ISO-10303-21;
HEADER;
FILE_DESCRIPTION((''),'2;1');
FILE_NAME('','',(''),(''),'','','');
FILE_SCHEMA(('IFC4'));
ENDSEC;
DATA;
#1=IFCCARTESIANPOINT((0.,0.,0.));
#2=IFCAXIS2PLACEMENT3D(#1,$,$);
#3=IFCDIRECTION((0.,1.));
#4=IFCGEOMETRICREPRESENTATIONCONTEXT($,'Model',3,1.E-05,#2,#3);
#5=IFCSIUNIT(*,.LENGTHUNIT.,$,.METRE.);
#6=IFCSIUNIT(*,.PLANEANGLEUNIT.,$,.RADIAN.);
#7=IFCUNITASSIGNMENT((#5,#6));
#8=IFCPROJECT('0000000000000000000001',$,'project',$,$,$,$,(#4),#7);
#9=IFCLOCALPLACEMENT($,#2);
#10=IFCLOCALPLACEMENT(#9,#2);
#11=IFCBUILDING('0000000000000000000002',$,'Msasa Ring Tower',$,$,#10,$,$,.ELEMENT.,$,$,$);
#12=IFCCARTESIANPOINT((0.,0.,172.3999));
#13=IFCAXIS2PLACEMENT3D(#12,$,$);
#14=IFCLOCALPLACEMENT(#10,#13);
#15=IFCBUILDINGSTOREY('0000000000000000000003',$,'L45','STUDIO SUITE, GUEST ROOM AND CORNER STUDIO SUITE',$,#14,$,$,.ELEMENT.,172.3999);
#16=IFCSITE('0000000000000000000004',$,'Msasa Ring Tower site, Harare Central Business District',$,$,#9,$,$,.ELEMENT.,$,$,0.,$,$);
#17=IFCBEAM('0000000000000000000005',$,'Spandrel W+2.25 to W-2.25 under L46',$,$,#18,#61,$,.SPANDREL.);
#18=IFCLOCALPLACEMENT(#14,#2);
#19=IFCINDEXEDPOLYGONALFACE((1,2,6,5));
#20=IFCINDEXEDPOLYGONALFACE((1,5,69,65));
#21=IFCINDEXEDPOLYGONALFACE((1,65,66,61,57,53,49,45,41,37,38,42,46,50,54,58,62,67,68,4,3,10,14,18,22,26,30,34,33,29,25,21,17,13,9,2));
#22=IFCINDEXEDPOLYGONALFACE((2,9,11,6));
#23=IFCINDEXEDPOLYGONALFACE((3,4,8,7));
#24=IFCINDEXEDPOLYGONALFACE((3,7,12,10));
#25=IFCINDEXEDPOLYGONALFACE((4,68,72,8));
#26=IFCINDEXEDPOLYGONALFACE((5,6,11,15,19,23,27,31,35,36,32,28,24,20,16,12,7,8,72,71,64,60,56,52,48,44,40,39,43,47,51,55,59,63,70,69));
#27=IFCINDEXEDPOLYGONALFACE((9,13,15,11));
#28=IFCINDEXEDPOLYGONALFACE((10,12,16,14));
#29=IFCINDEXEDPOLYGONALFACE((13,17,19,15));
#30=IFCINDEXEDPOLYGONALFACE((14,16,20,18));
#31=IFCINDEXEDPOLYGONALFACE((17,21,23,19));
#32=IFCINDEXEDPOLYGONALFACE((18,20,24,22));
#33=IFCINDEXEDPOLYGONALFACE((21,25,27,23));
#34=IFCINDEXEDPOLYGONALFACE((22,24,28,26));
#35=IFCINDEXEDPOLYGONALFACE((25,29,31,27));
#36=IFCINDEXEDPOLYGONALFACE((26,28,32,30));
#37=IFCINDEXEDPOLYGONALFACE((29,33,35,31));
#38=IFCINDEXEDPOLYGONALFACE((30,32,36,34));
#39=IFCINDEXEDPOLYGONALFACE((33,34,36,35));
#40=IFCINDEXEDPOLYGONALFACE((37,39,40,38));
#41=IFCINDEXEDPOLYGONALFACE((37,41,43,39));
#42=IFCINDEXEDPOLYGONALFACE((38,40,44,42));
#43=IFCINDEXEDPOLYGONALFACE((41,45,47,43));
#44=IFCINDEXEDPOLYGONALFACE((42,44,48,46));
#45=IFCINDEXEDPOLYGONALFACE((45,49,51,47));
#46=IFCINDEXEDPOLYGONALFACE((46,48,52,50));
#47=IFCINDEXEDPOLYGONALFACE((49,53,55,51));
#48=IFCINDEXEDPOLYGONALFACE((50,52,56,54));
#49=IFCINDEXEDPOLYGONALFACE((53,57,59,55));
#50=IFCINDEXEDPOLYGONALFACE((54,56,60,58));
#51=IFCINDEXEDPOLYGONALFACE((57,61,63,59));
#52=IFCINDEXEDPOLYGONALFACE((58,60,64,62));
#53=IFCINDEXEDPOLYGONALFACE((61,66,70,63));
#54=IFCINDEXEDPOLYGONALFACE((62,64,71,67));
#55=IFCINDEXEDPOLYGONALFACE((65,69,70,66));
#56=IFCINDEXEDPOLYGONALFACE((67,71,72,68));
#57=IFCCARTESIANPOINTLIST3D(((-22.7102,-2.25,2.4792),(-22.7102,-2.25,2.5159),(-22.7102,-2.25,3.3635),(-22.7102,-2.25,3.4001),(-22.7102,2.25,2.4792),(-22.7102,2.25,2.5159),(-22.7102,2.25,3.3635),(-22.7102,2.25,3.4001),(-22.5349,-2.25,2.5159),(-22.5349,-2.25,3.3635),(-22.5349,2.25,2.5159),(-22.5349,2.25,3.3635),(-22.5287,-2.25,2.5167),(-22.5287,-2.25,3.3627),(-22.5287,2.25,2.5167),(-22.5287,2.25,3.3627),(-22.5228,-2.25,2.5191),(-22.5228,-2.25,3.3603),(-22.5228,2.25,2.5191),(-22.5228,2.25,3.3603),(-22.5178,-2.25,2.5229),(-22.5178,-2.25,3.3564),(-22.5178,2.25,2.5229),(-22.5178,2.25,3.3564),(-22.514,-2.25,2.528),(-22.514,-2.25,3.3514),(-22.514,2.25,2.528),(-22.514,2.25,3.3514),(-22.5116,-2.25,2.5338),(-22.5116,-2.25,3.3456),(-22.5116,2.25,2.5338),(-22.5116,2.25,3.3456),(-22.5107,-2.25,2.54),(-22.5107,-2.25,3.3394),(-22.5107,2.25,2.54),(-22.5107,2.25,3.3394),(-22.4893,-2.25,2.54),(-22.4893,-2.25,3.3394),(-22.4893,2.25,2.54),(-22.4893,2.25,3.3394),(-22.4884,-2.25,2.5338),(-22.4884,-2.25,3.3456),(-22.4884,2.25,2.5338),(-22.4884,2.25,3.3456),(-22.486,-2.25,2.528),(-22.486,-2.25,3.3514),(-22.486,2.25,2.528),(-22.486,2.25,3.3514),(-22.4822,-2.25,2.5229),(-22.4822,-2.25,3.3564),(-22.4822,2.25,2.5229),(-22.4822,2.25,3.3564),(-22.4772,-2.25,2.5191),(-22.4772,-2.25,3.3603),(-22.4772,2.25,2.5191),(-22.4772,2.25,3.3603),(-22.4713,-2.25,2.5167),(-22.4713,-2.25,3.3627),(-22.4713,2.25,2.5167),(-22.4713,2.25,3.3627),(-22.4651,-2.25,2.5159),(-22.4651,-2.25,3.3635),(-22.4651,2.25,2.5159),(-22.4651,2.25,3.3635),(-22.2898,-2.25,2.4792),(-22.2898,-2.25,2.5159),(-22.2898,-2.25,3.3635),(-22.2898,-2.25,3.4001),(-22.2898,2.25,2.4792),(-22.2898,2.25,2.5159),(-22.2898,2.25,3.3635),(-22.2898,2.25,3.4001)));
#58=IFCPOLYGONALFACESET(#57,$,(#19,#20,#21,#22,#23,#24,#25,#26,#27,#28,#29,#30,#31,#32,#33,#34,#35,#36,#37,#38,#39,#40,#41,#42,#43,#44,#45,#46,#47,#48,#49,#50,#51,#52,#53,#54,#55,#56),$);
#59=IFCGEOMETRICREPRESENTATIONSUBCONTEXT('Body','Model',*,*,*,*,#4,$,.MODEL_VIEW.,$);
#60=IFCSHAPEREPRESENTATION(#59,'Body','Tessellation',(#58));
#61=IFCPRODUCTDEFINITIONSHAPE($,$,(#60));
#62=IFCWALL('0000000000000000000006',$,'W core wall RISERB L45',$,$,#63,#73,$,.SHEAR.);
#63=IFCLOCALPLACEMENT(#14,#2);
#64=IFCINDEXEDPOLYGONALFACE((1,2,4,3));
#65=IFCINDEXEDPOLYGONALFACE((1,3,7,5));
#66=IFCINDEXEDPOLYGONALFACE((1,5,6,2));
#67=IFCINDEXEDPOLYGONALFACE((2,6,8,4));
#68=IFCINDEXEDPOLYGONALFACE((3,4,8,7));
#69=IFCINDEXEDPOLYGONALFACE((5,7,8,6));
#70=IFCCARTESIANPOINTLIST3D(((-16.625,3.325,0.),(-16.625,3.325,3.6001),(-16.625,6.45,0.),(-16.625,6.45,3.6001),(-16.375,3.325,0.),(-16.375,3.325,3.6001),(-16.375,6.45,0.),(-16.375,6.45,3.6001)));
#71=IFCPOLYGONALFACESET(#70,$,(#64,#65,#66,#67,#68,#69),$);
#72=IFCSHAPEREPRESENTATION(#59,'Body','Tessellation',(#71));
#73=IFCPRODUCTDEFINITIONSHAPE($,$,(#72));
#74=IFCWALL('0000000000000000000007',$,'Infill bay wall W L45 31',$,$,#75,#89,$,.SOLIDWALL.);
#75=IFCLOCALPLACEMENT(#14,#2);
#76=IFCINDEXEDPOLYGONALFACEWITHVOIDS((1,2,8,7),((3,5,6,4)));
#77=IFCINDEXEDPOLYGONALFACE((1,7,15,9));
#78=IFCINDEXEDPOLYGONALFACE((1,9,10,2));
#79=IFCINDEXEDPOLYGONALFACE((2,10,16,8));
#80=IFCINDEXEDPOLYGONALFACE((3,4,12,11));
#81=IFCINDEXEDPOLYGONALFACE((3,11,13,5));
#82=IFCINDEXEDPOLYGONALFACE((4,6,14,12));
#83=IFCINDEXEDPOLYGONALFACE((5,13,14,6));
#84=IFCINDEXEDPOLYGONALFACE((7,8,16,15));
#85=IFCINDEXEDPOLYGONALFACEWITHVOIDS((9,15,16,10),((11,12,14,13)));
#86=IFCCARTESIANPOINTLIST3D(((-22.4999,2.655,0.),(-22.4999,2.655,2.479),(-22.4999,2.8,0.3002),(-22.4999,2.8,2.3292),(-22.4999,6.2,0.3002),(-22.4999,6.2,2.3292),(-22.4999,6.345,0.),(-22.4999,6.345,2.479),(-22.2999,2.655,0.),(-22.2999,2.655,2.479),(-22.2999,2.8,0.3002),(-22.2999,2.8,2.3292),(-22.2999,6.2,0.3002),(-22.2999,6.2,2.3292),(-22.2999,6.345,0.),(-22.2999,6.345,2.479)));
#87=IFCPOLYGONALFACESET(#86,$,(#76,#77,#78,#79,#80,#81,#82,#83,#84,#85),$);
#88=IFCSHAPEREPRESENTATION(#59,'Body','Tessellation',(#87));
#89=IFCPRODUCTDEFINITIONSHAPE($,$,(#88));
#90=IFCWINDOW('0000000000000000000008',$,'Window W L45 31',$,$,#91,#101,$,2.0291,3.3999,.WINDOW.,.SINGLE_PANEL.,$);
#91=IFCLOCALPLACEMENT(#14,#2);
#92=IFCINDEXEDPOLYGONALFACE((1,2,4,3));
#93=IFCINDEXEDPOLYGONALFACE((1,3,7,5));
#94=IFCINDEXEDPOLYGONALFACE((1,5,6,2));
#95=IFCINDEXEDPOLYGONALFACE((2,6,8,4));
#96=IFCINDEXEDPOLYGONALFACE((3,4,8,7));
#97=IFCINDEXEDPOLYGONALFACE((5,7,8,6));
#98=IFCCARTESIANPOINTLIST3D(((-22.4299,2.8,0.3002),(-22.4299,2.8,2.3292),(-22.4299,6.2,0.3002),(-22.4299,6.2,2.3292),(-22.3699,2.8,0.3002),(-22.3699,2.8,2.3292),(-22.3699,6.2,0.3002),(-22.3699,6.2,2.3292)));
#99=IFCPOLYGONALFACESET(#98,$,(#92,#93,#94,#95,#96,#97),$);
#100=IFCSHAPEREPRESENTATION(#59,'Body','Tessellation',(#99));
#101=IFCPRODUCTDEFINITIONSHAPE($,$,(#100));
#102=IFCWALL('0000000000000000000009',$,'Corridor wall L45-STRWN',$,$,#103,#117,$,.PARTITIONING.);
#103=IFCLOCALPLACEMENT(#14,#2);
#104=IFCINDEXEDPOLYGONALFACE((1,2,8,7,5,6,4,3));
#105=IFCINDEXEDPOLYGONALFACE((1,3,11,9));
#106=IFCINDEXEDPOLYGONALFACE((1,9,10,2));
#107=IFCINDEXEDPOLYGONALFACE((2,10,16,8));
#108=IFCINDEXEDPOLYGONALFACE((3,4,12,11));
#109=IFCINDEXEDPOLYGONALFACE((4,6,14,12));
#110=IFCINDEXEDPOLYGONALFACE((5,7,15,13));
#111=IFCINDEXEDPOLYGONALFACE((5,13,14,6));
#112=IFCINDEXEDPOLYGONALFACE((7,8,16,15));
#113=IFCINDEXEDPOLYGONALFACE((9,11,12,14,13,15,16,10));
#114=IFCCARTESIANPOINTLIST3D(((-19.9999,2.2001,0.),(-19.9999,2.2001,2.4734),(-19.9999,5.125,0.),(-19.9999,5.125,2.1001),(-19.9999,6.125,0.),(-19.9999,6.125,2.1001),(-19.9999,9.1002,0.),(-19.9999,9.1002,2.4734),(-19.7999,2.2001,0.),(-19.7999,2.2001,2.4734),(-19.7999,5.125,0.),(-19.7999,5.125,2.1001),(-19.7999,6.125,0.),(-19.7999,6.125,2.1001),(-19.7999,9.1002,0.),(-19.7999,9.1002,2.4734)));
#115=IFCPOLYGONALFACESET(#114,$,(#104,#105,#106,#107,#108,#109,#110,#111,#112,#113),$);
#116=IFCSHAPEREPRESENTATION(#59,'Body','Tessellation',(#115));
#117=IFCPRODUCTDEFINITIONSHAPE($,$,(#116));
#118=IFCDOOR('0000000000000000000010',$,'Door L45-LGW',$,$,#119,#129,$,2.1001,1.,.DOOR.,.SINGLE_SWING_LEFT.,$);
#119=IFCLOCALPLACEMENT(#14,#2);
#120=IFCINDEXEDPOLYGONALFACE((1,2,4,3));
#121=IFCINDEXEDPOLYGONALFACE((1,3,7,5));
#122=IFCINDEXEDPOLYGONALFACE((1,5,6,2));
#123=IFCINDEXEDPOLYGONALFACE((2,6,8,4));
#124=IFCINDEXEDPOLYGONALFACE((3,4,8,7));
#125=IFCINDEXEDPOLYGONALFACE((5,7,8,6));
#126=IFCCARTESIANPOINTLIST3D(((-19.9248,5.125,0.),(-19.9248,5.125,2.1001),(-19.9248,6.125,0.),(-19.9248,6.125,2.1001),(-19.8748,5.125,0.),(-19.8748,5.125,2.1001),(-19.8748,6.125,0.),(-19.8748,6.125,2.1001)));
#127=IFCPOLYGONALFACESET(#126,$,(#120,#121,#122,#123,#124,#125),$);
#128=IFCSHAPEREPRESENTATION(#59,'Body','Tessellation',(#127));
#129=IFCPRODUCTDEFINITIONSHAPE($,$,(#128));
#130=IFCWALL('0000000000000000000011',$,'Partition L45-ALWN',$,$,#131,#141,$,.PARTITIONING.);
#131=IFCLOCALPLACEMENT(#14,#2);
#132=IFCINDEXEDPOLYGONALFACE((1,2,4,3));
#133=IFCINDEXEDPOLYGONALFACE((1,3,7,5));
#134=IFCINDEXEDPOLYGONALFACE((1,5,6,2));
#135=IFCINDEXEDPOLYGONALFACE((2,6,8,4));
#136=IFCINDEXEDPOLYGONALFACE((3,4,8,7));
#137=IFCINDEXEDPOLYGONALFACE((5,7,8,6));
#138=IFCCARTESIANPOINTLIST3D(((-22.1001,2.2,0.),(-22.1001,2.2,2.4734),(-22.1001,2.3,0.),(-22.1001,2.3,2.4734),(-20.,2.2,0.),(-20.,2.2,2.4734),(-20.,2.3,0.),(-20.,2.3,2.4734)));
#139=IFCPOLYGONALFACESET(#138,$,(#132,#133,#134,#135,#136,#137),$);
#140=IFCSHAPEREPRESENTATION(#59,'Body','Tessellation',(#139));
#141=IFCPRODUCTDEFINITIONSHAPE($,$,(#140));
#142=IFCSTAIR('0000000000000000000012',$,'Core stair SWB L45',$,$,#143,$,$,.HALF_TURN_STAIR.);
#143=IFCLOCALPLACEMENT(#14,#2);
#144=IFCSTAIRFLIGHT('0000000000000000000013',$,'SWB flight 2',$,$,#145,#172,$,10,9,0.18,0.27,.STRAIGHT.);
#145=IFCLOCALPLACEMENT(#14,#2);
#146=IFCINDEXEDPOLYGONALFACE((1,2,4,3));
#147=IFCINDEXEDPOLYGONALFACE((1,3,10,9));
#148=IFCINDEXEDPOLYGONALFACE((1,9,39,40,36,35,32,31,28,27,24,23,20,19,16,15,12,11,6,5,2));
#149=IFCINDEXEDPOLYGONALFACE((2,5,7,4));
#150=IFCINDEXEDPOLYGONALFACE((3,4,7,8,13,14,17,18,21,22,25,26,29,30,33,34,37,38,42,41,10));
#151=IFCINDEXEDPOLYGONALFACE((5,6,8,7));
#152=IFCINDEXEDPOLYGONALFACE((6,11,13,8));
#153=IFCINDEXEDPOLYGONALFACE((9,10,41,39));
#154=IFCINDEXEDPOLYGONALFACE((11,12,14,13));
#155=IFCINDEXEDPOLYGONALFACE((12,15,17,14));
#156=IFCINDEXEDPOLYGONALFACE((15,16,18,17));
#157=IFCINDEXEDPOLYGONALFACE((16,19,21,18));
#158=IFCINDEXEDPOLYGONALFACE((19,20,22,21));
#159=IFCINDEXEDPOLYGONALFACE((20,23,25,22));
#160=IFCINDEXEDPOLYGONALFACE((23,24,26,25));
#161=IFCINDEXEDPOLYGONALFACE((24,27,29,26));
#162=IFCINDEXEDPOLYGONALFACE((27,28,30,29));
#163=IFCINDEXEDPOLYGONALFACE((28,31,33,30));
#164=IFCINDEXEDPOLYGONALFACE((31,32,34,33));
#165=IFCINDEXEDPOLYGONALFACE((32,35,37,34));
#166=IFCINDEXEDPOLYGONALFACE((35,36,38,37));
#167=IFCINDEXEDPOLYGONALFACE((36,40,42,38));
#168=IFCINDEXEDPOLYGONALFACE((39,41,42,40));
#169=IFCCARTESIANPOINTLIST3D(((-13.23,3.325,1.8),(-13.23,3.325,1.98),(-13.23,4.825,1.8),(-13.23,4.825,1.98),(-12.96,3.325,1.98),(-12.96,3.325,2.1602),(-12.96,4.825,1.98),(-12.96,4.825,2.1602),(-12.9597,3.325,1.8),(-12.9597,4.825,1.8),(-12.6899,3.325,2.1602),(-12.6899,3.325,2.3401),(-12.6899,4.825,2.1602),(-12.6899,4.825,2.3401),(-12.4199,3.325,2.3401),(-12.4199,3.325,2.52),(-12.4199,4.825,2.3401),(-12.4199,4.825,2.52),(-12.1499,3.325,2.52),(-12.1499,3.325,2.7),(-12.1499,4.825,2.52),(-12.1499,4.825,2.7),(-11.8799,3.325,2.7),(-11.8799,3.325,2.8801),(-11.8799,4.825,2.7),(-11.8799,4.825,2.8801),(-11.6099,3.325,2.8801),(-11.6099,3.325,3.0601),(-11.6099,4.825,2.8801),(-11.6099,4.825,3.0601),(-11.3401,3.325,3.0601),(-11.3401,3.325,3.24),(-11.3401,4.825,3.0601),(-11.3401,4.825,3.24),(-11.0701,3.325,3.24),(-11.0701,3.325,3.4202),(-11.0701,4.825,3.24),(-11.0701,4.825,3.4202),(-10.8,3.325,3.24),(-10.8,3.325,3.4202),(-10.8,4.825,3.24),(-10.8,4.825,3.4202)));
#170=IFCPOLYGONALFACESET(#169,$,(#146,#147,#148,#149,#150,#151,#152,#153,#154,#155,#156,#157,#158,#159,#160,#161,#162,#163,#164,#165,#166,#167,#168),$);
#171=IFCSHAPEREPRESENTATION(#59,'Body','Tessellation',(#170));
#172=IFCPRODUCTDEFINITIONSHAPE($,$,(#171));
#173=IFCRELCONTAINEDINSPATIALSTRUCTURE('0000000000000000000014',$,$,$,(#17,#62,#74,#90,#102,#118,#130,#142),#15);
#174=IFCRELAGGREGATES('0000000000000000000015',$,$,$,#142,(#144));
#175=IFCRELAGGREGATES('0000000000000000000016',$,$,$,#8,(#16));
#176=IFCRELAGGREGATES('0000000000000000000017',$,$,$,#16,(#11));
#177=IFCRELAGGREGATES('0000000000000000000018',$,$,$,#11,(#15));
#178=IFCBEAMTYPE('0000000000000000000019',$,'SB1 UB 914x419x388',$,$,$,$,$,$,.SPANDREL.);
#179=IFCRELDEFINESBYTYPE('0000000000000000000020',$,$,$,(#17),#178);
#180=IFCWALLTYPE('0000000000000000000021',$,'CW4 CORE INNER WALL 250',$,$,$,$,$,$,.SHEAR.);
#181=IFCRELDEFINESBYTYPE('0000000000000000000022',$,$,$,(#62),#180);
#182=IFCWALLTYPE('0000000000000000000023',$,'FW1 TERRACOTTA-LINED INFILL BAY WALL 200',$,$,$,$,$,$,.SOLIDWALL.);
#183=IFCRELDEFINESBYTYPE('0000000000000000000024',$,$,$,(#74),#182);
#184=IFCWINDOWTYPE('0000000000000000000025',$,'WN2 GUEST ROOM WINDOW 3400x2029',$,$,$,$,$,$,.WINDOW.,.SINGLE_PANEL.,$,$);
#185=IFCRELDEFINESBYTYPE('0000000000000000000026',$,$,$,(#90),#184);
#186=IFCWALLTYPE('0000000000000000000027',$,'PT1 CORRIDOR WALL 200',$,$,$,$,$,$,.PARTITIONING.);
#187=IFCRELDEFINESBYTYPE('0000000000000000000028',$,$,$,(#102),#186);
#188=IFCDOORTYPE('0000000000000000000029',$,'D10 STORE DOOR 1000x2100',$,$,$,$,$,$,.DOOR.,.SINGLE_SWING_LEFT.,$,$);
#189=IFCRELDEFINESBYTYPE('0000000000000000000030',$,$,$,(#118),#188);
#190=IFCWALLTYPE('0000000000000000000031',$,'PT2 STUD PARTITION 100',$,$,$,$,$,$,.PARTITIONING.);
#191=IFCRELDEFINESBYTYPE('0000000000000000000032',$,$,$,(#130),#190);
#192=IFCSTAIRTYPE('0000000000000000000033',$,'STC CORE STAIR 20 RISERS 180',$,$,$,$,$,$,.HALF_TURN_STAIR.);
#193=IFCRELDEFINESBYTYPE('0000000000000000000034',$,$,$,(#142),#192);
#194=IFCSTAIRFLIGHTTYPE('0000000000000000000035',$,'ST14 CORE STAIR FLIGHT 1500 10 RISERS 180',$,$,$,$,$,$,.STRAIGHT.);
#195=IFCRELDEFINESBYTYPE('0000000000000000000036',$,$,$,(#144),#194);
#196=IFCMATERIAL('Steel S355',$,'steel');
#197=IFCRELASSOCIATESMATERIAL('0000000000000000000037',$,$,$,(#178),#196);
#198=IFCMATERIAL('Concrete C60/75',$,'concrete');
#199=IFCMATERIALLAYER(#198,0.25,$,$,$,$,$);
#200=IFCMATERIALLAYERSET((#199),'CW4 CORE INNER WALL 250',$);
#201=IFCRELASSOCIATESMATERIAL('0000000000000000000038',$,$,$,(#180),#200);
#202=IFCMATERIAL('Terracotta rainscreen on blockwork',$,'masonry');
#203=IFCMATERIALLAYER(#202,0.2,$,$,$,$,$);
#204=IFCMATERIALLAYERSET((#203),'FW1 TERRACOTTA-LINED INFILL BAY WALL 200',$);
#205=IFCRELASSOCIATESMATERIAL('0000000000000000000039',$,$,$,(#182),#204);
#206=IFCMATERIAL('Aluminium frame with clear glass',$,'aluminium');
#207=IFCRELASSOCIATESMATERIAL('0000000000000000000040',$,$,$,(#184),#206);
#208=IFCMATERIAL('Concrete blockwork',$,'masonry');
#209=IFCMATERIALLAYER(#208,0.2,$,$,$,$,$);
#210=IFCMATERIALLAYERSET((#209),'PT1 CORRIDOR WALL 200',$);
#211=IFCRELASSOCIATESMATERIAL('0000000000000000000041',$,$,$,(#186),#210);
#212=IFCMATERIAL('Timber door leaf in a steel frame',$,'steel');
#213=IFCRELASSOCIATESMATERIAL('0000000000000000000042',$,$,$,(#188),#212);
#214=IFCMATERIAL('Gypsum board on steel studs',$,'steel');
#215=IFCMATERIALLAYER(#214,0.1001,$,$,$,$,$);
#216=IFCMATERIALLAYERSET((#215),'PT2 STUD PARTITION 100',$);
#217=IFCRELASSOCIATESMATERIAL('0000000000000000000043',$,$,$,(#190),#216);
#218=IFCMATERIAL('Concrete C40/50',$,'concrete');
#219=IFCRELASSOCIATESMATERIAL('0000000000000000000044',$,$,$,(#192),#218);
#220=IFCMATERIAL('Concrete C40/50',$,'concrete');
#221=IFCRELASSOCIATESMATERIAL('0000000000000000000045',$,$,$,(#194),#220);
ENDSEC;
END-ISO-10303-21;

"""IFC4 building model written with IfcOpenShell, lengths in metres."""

from ifc_helpers import new_model, si_unit, direction, frame, frame_2d, origin, origin_2d, place, context, subcontext, project, spatial, polyline, rectangle, i_section, outline, extrude, material, layer, layer_set, material_profile, profile_set, type_object, element, fill, aggregate, save


model = new_model("IFC4")

# Units and contexts
model_context = context("Model", 3, precision=1e-05, world=origin(), true_north=direction((0.0, 1.0)))
body_context = subcontext(model_context, "Body", "Model", "MODEL_VIEW")
ifc_project = project(units=[si_unit("LENGTHUNIT", "METRE"), si_unit("PLANEANGLEUNIT", "RADIAN")], contexts=[model_context])

# Site, building, storey
site_placement = place(None, origin())
site = spatial("IfcSite", under=ifc_project, at=site_placement, Name="Msasa Ring Tower site, Harare Central Business District", CompositionType="ELEMENT", RefElevation=0.0)
building_placement = place(site_placement, origin())
building = spatial("IfcBuilding", under=site, at=building_placement, Name="Msasa Ring Tower", CompositionType="ELEMENT")
storey_placement = place(building_placement, frame((0.0, 0.0, 172.3999)))
storey = spatial("IfcBuildingStorey", under=building, at=storey_placement, Name="L45", Description="STUDIO SUITE, GUEST ROOM AND CORNER STUDIO SUITE", CompositionType="ELEMENT", Elevation=172.3999)

# Beam
ifc_material_1 = material(Name="Steel S355", Category="steel")
ifc_material_profile_1 = material_profile(ifc_material_1, i_section(OverallWidth=0.4204, OverallDepth=0.9209, WebThickness=0.0215, FlangeThickness=0.0366, FilletRadius=0.0242, at=origin_2d()), Name="UB 914x419x388")
ifc_profile_set_1 = profile_set([ifc_material_profile_1], Name="Steel S355")
beam_type_1 = type_object("IfcBeamType", Name="SB1 UB 914x419x388", PredefinedType="SPANDREL", material=ifc_profile_set_1)
for number, where, z_axis, x_axis, name in (
    (1, (-22.5, 2.25, 2.9397), (0.0, -1.0, 0.0), (1.0, 0.0, 0.0), "Spandrel W+2.25 to W-2.25 under L46"),
):
    element("IfcBeam", number, at=place(storey_placement, frame(where, z_axis=z_axis, x_axis=x_axis)), inside=storey, type_object=beam_type_1, Name=name, PredefinedType="SPANDREL", context=body_context, shape_type="SweptSolid", body=[
        extrude(i_section(OverallWidth=0.4204, OverallDepth=0.9209, WebThickness=0.0215, FlangeThickness=0.0366, FilletRadius=0.0242, at=origin_2d()), origin(), (0.0, 0.0, 1.0), 4.5),
    ])

# Wall
ifc_material_2 = material(Name="Concrete C60/75", Category="concrete")
ifc_layer_1 = layer(ifc_material_2, 0.25)
ifc_layer_set_1 = layer_set([ifc_layer_1], Name="CW4 CORE INNER WALL 250")
wall_type_1 = type_object("IfcWallType", Name="CW4 CORE INNER WALL 250", PredefinedType="SHEAR", material=ifc_layer_set_1)
wall_1_placement = place(storey_placement, frame((-16.5, 3.325, 0.0), z_axis=(0.0, 0.0, 1.0), x_axis=(0.0, 1.0, 0.0)))
element("IfcWall", 2, at=wall_1_placement, inside=storey, type_object=wall_type_1, Name="W core wall RISERB L45", PredefinedType="SHEAR", context=body_context, shape_type="SweptSolid", body=[
    extrude(rectangle(XDim=3.125, YDim=0.25, at=frame_2d((1.5625, 0.0))), origin(), (0.0, 0.0, 1.0), 3.6001),
])

# Wall, opening, window
ifc_material_3 = material(Name="Terracotta rainscreen on blockwork", Category="masonry")
ifc_layer_2 = layer(ifc_material_3, 0.2)
ifc_layer_set_2 = layer_set([ifc_layer_2], Name="FW1 TERRACOTTA-LINED INFILL BAY WALL 200")
wall_type_2 = type_object("IfcWallType", Name="FW1 TERRACOTTA-LINED INFILL BAY WALL 200", PredefinedType="SOLIDWALL", material=ifc_layer_set_2)
wall_2_placement = place(storey_placement, frame((-22.3999, 2.655, 0.0), z_axis=(0.0, 0.0, 1.0), x_axis=(0.0, 1.0, 0.0)))
wall_2 = element("IfcWall", 3, at=wall_2_placement, inside=storey, type_object=wall_type_2, Name="Infill bay wall W L45 31", PredefinedType="SOLIDWALL", context=body_context, shape_type="SweptSolid", body=[
    extrude(rectangle(XDim=3.6899, YDim=0.2, at=frame_2d((1.845, 0.0))), origin(), (0.0, 0.0, 1.0), 2.479),
])
opening_1_placement = place(wall_2_placement, frame((0.145, 0.0, 0.3)))
opening_1 = element("IfcOpeningElement", 4, at=opening_1_placement, cuts=wall_2, PredefinedType="OPENING", context=body_context, shape_type="SweptSolid", body=[
    extrude(rectangle(XDim=3.3999, YDim=2.0291, at=frame_2d((1.7, 1.0146))), frame((0.0, 0.1099, 0.0), z_axis=(0.0, -1.0, 0.0), x_axis=(1.0, 0.0, 0.0)), (0.0, 0.0, 1.0), 0.22),
])
ifc_material_4 = material(Name="Aluminium frame with clear glass", Category="aluminium")
window_type = type_object("IfcWindowType", Name="WN2 GUEST ROOM WINDOW 3400x2029", PartitioningType="SINGLE_PANEL", PredefinedType="WINDOW", material=ifc_material_4)
window_placement = place(opening_1_placement, origin())
window = element("IfcWindow", 5, at=window_placement, inside=storey, type_object=window_type, Name="Window W L45 31", OverallHeight=2.0291, OverallWidth=3.3999, PartitioningType="SINGLE_PANEL", PredefinedType="WINDOW", context=body_context, shape_type="SweptSolid", body=[
    extrude(rectangle(XDim=3.3999, YDim=2.0291, at=frame_2d((1.7, 1.0146))), frame((0.0, 0.03, 0.0), z_axis=(0.0, -1.0, 0.0), x_axis=(1.0, 0.0, 0.0)), (0.0, 0.0, 1.0), 0.0601),
])
fill(opening_1, window)

# Wall, opening, door
ifc_material_5 = material(Name="Concrete blockwork", Category="masonry")
ifc_layer_3 = layer(ifc_material_5, 0.2)
ifc_layer_set_3 = layer_set([ifc_layer_3], Name="PT1 CORRIDOR WALL 200")
wall_type_3 = type_object("IfcWallType", Name="PT1 CORRIDOR WALL 200", PredefinedType="PARTITIONING", material=ifc_layer_set_3)
wall_3_placement = place(storey_placement, frame((-19.8999, 2.2, 0.0), z_axis=(0.0, 0.0, 1.0), x_axis=(0.0, 1.0, 0.0)))
wall_3 = element("IfcWall", 6, at=wall_3_placement, inside=storey, type_object=wall_type_3, Name="Corridor wall L45-STRWN", PredefinedType="PARTITIONING", context=body_context, shape_type="SweptSolid", body=[
    extrude(rectangle(XDim=6.9001, YDim=0.2, at=frame_2d((3.4502, 0.0))), origin(), (0.0, 0.0, 1.0), 2.4734),
])
opening_2_placement = place(wall_3_placement, frame((2.925, 0.0, 0.0)))
opening_2 = element("IfcOpeningElement", 7, at=opening_2_placement, cuts=wall_3, PredefinedType="OPENING", context=body_context, shape_type="SweptSolid", body=[
    extrude(rectangle(XDim=1.0, YDim=2.1001, at=frame_2d((0.5, 1.05))), frame((0.0, 0.1099, 0.0), z_axis=(0.0, -1.0, 0.0), x_axis=(1.0, 0.0, 0.0)), (0.0, 0.0, 1.0), 0.22),
])
ifc_material_6 = material(Name="Timber door leaf in a steel frame", Category="steel")
door_type = type_object("IfcDoorType", Name="D10 STORE DOOR 1000x2100", OperationType="SINGLE_SWING_LEFT", PredefinedType="DOOR", material=ifc_material_6)
door_placement = place(opening_2_placement, origin())
door = element("IfcDoor", 8, at=door_placement, inside=storey, type_object=door_type, Name="Door L45-LGW", OperationType="SINGLE_SWING_LEFT", OverallHeight=2.1001, OverallWidth=1.0, PredefinedType="DOOR", context=body_context, shape_type="SweptSolid", body=[
    extrude(rectangle(XDim=1.0, YDim=2.1001, at=frame_2d((0.5, 1.05))), frame((0.0, 0.0249, 0.0), z_axis=(0.0, -1.0, 0.0), x_axis=(1.0, 0.0, 0.0)), (0.0, 0.0, 1.0), 0.05),
])
fill(opening_2, door)

# Wall
ifc_material_7 = material(Name="Gypsum board on steel studs", Category="steel")
ifc_layer_4 = layer(ifc_material_7, 0.1001)
ifc_layer_set_4 = layer_set([ifc_layer_4], Name="PT2 STUD PARTITION 100")
wall_type_4 = type_object("IfcWallType", Name="PT2 STUD PARTITION 100", PredefinedType="PARTITIONING", material=ifc_layer_set_4)
wall_4_placement = place(storey_placement, frame((-22.1001, 2.25, 0.0), z_axis=(0.0, 0.0, 1.0), x_axis=(1.0, 0.0, 0.0)))
element("IfcWall", 9, at=wall_4_placement, inside=storey, type_object=wall_type_4, Name="Partition L45-ALWN", PredefinedType="PARTITIONING", context=body_context, shape_type="SweptSolid", body=[
    extrude(rectangle(XDim=2.1001, YDim=0.1001, at=frame_2d((1.05, 0.0))), origin(), (0.0, 0.0, 1.0), 2.4734),
])

# Stair, stair flight
ifc_material_8 = material(Name="Concrete C40/50", Category="concrete")
stair_type = type_object("IfcStairType", Name="STC CORE STAIR 20 RISERS 180", PredefinedType="HALF_TURN_STAIR", material=ifc_material_8)
stair_placement = place(storey_placement, origin())
stair = element("IfcStair", 10, at=stair_placement, inside=storey, type_object=stair_type, Name="Core stair SWB L45", PredefinedType="HALF_TURN_STAIR")
ifc_material_9 = material(Name="Concrete C40/50", Category="concrete")
stair_flight_type = type_object("IfcStairFlightType", Name="ST14 CORE STAIR FLIGHT 1500 10 RISERS 180", PredefinedType="STRAIGHT", material=ifc_material_9)
stair_flight_placement = place(storey_placement, frame((-13.23, 4.075, 1.8), z_axis=(0.0, 0.0, 1.0), x_axis=(1.0, 0.0, 0.0)))
stair_flight = element("IfcStairFlight", 11, at=stair_flight_placement, type_object=stair_flight_type, Name="SWB flight 2", NumberOfRisers=10, NumberOfTreads=9, PredefinedType="STRAIGHT", RiserHeight=0.18, TreadLength=0.27, context=body_context, shape_type="SweptSolid", body=[
    extrude(outline(polyline([(0.0, 0.0), (0.0, 0.1799), (0.27, 0.1799), (0.27, 0.3601), (0.54, 0.3601), (0.54, 0.54), (0.8101, 0.54), (0.8101, 0.72), (1.0801, 0.72), (1.0801, 0.8999), (1.3501, 0.8999), (1.3501, 1.0801), (1.6201, 1.0801), (1.6201, 1.26), (1.8899, 1.26), (1.8899, 1.4399), (2.1599, 1.4399), (2.1599, 1.6201), (2.4299, 1.6201), (2.4299, 1.8), (2.4299, 1.4399), (0.2703, 0.0), (0.0, 0.0)])), frame((0.0, 0.75, 0.0), z_axis=(0.0, -1.0, 0.0), x_axis=(1.0, 0.0, 0.0)), (0.0, 0.0, 1.0), 1.5),
])
aggregate(stair, [stair_flight])

save(model, "model.ifc")
